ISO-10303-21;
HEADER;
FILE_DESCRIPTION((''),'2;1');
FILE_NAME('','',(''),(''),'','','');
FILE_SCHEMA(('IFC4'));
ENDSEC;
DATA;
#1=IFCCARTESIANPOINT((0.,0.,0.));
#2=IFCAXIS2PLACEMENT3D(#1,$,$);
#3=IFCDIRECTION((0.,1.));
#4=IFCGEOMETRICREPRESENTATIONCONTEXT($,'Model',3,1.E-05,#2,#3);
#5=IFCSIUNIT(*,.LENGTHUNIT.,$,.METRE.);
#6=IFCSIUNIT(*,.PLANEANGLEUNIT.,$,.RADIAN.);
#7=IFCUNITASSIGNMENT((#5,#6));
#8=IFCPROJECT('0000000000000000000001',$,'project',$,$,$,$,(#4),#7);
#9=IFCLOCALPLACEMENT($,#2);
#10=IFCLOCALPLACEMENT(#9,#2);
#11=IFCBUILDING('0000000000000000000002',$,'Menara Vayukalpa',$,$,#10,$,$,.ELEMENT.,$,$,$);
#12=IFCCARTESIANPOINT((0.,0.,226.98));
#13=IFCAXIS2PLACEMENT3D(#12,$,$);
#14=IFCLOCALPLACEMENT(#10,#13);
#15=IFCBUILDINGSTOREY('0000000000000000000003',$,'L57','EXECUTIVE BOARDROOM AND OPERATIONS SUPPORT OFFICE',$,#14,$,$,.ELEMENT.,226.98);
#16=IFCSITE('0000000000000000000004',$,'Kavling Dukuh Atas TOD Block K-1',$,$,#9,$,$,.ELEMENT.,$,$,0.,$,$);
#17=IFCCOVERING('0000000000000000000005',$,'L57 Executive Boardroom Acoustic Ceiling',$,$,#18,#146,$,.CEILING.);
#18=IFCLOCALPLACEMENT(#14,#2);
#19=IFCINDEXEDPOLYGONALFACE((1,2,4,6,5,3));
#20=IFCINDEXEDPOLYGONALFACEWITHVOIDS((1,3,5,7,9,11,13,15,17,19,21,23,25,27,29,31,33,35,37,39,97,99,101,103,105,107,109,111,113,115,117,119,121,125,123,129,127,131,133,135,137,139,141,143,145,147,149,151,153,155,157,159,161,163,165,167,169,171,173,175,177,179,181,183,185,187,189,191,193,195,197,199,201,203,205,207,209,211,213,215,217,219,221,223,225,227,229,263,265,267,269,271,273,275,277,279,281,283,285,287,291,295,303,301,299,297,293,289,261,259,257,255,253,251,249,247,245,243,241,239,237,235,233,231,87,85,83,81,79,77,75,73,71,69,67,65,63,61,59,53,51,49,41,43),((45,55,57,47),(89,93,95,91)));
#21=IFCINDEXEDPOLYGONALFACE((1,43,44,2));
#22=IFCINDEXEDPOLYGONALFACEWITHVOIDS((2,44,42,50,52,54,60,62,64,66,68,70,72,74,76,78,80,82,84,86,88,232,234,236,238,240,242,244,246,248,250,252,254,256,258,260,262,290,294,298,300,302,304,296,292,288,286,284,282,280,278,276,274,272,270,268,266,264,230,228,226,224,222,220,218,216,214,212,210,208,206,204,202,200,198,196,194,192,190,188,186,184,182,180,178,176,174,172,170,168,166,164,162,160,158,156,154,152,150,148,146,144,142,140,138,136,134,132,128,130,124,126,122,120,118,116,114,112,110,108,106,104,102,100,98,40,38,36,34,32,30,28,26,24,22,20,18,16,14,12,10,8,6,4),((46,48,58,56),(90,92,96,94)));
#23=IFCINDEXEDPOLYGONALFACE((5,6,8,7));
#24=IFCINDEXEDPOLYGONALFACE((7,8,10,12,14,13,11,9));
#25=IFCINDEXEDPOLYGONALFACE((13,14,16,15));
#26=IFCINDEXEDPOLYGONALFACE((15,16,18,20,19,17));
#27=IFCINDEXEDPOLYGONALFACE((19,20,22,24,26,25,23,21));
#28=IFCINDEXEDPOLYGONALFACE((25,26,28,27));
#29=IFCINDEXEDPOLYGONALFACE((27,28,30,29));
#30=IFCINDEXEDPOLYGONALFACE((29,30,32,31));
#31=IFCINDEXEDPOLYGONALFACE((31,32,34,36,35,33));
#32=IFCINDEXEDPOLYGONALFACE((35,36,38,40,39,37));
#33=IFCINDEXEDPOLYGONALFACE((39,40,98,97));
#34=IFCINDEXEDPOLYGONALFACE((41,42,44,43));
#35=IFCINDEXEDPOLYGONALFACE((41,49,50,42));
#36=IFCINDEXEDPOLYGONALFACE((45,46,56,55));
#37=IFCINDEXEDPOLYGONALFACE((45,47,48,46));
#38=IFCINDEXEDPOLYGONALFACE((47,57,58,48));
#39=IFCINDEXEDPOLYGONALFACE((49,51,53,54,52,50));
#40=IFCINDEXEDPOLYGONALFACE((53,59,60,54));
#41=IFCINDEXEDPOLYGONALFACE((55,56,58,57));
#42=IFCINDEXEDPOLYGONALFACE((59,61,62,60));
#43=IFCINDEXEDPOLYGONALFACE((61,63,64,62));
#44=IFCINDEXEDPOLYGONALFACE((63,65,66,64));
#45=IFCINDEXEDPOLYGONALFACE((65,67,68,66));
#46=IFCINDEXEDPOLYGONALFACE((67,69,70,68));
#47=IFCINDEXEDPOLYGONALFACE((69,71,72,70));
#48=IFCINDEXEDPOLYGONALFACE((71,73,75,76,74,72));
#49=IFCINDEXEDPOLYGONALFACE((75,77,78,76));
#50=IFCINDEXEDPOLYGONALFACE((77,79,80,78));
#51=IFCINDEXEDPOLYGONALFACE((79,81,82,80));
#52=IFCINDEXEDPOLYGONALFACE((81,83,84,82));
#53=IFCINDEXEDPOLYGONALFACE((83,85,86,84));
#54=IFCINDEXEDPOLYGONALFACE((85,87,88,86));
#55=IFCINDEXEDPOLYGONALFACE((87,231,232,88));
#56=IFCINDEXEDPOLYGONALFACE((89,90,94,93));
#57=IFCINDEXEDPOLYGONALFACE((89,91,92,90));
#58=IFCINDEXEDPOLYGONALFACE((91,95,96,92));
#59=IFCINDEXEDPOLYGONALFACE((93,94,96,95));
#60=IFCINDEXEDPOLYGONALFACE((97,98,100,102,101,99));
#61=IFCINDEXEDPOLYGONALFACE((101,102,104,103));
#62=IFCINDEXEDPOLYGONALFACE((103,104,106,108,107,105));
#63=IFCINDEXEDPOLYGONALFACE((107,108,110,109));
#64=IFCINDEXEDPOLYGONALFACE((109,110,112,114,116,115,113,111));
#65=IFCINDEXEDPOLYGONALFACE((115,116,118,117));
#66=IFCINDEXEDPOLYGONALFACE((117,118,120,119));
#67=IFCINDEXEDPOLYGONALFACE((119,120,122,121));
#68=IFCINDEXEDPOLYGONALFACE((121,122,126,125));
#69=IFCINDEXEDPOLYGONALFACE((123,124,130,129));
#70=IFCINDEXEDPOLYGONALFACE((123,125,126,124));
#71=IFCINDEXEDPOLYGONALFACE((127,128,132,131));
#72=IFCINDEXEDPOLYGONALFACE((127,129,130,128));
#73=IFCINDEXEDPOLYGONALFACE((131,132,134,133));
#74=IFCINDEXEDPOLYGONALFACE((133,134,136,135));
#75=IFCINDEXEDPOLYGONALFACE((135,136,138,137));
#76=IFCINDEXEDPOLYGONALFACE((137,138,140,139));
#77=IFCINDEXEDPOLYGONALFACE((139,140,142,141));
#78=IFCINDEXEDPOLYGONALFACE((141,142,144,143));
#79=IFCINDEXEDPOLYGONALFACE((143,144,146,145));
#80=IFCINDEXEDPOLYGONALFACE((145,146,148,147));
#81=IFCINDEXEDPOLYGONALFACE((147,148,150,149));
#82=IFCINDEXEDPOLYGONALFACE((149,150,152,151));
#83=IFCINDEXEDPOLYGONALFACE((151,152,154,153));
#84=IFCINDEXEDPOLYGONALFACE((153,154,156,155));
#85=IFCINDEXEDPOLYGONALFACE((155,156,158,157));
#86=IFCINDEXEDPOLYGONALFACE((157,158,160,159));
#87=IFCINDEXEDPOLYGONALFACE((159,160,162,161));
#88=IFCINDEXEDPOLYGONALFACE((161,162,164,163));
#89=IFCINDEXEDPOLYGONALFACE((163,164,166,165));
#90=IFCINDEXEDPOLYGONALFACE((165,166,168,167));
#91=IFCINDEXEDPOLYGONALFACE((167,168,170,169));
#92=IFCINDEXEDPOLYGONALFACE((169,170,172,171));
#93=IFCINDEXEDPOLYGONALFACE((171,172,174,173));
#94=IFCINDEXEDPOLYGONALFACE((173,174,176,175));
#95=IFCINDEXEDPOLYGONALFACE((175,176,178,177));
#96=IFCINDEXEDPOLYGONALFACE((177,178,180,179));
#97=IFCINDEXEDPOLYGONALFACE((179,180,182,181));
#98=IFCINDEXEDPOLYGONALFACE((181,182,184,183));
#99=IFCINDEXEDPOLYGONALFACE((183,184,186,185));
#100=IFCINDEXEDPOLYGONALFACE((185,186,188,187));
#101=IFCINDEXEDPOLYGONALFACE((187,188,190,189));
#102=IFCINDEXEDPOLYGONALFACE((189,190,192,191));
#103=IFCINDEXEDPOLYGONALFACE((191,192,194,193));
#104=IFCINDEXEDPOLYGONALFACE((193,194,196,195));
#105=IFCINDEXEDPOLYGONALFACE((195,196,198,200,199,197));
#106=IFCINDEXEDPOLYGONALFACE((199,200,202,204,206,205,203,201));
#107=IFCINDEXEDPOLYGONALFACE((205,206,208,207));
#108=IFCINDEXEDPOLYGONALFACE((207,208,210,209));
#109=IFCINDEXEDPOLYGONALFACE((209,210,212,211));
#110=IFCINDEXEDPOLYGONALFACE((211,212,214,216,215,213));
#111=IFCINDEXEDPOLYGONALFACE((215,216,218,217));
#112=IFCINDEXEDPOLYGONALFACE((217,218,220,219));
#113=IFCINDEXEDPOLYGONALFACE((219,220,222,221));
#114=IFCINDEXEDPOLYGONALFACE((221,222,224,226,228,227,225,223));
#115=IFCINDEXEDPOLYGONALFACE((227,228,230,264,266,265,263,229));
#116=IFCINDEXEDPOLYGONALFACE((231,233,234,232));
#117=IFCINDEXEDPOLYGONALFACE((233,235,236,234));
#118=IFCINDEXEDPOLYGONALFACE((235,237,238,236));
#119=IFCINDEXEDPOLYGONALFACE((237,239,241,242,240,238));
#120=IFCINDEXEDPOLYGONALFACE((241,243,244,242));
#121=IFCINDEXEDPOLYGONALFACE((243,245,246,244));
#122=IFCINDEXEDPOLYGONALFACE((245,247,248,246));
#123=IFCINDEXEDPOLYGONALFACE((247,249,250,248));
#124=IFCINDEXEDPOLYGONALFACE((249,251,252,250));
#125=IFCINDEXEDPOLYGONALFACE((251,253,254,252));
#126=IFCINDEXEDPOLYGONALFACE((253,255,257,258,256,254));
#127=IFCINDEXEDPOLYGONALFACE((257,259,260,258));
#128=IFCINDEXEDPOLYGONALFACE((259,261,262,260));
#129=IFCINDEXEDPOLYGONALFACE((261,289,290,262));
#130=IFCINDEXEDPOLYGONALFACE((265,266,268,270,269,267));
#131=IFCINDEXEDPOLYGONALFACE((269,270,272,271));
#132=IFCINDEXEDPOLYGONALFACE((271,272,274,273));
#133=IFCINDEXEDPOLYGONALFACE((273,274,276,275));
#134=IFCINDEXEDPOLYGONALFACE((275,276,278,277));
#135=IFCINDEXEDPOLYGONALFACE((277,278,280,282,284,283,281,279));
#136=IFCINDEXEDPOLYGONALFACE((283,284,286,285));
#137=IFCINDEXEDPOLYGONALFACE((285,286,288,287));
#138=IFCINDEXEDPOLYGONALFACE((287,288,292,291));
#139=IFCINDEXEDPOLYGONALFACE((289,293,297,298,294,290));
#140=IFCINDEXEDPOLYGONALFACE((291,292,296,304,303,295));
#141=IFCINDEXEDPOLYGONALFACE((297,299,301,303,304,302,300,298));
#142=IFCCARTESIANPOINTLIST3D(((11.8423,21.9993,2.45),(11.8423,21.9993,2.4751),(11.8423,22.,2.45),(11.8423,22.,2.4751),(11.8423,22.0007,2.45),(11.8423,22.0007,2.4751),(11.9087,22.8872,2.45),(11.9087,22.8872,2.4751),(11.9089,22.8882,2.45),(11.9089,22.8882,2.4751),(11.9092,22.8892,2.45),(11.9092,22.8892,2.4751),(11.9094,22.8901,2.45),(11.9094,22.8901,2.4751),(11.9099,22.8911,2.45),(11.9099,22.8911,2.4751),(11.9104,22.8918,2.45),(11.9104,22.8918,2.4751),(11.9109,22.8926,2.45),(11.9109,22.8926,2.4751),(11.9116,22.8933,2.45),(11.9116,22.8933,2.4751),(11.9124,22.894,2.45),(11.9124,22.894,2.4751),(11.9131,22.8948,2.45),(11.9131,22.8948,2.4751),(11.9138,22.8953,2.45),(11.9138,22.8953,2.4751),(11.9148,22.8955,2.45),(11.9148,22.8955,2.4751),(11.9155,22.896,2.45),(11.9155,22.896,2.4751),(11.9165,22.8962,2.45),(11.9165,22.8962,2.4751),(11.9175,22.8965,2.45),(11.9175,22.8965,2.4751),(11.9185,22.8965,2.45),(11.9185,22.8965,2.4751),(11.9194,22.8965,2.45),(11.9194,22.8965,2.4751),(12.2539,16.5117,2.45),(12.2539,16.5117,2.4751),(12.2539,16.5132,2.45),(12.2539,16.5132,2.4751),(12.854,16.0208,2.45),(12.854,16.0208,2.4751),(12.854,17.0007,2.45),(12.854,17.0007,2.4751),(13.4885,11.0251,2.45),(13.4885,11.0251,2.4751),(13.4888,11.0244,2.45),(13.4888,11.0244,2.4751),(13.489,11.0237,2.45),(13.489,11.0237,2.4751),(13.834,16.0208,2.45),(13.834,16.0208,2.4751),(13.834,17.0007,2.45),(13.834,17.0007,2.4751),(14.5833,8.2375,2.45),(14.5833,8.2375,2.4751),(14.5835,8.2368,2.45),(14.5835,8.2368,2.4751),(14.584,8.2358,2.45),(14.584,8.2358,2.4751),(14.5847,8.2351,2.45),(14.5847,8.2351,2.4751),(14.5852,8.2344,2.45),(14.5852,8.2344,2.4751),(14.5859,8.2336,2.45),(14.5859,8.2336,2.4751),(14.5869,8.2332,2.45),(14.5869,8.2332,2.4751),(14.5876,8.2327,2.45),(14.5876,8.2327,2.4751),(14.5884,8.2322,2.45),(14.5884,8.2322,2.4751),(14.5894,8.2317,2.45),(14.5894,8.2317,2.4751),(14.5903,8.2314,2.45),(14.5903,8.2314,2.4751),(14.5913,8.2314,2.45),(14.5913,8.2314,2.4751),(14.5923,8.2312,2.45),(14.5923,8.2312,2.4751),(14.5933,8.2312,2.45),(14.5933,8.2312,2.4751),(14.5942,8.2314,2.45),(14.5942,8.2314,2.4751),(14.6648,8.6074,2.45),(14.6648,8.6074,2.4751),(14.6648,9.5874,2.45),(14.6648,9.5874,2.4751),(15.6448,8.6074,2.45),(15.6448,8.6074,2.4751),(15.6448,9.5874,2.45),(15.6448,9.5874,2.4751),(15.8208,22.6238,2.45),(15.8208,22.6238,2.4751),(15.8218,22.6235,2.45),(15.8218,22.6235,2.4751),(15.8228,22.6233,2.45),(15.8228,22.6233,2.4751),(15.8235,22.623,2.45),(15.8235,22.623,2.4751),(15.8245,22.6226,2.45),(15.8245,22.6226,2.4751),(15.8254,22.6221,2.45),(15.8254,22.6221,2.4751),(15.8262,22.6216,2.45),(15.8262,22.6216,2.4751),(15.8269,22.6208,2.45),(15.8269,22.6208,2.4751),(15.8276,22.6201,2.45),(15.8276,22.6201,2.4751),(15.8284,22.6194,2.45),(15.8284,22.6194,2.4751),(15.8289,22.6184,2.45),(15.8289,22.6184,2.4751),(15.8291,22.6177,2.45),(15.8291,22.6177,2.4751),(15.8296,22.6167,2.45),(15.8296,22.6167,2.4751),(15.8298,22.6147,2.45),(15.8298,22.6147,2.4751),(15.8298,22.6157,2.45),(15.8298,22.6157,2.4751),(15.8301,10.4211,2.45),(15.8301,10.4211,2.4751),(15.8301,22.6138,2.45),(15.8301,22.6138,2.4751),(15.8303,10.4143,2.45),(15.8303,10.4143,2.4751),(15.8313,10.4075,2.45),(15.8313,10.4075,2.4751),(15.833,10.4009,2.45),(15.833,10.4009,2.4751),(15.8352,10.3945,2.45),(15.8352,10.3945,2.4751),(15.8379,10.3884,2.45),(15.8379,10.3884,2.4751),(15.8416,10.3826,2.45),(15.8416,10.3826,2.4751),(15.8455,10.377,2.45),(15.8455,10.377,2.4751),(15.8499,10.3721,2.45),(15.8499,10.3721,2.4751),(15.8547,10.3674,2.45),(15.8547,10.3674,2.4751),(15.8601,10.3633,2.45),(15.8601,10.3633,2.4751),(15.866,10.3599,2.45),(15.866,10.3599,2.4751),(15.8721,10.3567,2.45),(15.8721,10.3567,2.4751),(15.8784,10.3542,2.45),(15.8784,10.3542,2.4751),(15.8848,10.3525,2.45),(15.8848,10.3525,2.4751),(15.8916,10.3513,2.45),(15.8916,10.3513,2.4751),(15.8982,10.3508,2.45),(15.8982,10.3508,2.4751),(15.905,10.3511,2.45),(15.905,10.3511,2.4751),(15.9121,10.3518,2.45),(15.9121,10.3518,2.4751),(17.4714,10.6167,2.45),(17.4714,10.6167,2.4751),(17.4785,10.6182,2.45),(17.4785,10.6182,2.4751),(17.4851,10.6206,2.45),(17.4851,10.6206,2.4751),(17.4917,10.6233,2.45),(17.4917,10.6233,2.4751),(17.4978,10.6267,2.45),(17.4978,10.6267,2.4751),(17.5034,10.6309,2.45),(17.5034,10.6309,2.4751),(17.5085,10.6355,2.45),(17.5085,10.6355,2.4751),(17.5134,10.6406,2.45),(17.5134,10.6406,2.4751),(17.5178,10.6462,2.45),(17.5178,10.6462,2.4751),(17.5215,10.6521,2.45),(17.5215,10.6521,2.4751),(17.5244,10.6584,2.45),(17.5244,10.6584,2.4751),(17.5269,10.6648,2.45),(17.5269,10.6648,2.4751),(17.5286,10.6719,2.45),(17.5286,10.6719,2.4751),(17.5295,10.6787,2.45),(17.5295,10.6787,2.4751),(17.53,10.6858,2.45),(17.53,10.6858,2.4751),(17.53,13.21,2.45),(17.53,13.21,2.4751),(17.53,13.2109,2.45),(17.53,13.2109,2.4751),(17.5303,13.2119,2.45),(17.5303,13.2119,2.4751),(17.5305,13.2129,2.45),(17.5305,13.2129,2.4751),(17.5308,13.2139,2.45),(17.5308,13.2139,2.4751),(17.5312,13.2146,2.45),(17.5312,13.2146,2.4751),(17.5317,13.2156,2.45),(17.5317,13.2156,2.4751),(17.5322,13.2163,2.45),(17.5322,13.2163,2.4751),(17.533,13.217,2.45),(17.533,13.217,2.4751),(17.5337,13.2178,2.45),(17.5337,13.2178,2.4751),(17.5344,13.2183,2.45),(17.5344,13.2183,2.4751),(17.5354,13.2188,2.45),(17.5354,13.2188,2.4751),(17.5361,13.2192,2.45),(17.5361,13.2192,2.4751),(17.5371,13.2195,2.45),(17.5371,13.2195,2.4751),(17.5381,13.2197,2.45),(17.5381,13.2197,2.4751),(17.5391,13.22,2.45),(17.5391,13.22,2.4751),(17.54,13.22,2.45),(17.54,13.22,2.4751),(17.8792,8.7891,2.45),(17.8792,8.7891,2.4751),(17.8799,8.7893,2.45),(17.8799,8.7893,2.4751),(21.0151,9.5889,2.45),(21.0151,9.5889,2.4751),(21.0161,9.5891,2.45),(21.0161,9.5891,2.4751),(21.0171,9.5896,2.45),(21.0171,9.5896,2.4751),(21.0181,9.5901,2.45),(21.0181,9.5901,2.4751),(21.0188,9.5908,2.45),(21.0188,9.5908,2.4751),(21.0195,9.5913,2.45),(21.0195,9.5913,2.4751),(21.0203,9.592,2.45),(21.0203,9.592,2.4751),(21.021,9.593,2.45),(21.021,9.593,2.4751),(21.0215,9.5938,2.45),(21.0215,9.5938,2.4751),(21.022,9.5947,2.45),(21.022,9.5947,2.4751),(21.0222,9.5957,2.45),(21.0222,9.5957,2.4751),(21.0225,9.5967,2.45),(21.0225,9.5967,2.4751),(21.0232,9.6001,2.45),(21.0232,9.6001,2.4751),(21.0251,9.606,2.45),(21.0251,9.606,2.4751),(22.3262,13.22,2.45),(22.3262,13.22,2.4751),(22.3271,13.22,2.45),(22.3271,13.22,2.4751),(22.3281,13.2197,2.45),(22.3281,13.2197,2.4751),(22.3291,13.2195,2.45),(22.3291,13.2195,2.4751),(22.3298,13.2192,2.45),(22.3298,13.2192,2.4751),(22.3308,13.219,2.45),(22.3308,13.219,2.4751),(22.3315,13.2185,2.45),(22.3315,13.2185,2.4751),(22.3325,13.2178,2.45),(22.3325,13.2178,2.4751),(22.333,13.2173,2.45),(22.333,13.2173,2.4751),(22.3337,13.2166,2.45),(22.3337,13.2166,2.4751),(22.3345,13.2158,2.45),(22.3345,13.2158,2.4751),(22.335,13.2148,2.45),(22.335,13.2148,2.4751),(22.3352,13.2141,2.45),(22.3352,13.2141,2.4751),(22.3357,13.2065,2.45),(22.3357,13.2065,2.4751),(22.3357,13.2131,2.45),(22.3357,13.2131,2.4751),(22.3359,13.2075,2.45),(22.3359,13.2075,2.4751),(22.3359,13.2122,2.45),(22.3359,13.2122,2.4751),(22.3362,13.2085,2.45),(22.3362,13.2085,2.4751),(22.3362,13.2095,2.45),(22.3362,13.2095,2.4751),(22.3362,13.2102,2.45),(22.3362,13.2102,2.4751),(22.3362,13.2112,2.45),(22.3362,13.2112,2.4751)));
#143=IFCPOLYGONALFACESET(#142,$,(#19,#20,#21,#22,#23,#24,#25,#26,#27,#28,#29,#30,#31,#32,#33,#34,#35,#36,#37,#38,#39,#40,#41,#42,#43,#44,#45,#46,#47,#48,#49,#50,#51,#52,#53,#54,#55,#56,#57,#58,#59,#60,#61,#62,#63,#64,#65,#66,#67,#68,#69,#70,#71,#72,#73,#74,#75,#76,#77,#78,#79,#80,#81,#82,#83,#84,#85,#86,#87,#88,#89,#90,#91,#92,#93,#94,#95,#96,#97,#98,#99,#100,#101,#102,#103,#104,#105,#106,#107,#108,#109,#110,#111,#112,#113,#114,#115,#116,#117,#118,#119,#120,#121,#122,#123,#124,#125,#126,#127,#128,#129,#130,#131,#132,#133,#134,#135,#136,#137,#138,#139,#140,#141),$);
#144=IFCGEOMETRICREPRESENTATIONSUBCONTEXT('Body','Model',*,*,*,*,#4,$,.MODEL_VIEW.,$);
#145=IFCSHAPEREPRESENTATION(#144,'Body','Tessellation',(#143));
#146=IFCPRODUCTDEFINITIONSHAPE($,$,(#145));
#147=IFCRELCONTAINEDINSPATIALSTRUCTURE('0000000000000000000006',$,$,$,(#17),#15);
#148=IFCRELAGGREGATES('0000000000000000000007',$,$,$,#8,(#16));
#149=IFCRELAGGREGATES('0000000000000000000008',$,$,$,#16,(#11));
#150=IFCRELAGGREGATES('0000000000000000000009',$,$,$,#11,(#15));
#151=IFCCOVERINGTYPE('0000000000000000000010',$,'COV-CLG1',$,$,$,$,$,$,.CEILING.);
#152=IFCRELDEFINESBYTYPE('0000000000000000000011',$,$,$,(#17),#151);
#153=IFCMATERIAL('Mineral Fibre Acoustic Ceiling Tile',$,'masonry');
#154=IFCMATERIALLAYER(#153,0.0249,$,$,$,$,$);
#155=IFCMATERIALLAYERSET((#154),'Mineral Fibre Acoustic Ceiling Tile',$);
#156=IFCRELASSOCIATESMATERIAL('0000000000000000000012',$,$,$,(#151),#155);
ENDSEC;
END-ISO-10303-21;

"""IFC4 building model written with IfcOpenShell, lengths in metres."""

from ifc_helpers import new_model, si_unit, direction, frame, origin, place, context, subcontext, project, spatial, polyline, outline, extrude, material, layer, layer_set, type_object, element, save


model = new_model("IFC4")

# Units and contexts
model_context = context("Model", 3, precision=1e-05, world=origin(), true_north=direction((0.0, 1.0)))
body_context = subcontext(model_context, "Body", "Model", "MODEL_VIEW")
ifc_project = project(units=[si_unit("LENGTHUNIT", "METRE"), si_unit("PLANEANGLEUNIT", "RADIAN")], contexts=[model_context])

# Site, building, storey
site_placement = place(None, origin())
site = spatial("IfcSite", under=ifc_project, at=site_placement, Name="Kavling Dukuh Atas TOD Block K-1", CompositionType="ELEMENT", RefElevation=0.0)
building_placement = place(site_placement, origin())
building = spatial("IfcBuilding", under=site, at=building_placement, Name="Menara Vayukalpa", CompositionType="ELEMENT")
storey_placement = place(building_placement, frame((0.0, 0.0, 226.98)))
storey = spatial("IfcBuildingStorey", under=building, at=storey_placement, Name="L57", Description="EXECUTIVE BOARDROOM AND OPERATIONS SUPPORT OFFICE", CompositionType="ELEMENT", Elevation=226.98)

# Covering
ifc_material_1 = material(Name="Mineral Fibre Acoustic Ceiling Tile", Category="masonry")
ifc_layer_1 = layer(ifc_material_1, 0.0249)
ifc_layer_set_1 = layer_set([ifc_layer_1], Name="Mineral Fibre Acoustic Ceiling Tile")
covering_type_1 = type_object("IfcCoveringType", Name="COV-CLG1", PredefinedType="CEILING", material=ifc_layer_set_1)
covering_1_placement = place(storey_placement, frame((0.0, 0.0, 2.45)))
element("IfcCovering", 1, at=covering_1_placement, inside=storey, type_object=covering_type_1, Name="L57 Executive Boardroom Acoustic Ceiling", PredefinedType="CEILING", context=body_context, shape_type="SweptSolid", body=[
    extrude(outline(polyline([(14.5933, 8.2312), (14.5923, 8.2312), (14.5913, 8.2314), (14.5903, 8.2314), (14.5894, 8.2317), (14.5884, 8.2322), (14.5876, 8.2327), (14.5869, 8.2332), (14.5859, 8.2336), (14.5852, 8.2344), (14.5847, 8.2351), (14.584, 8.2358), (14.5835, 8.2368), (14.5833, 8.2375), (13.489, 11.0237), (13.4888, 11.0244), (13.4885, 11.0251), (12.2539, 16.5117), (12.2539, 16.5132), (11.8423, 21.9993), (11.8423, 22.0), (11.8423, 22.0007), (11.9087, 22.8872), (11.9089, 22.8882), (11.9092, 22.8892), (11.9094, 22.8901), (11.9099, 22.8911), (11.9104, 22.8918), (11.9109, 22.8926), (11.9116, 22.8933), (11.9124, 22.894), (11.9131, 22.8948), (11.9138, 22.8953), (11.9148, 22.8955), (11.9155, 22.896), (11.9165, 22.8962), (11.9175, 22.8965), (11.9185, 22.8965), (11.9194, 22.8965), (15.8208, 22.6238), (15.8218, 22.6235), (15.8228, 22.6233), (15.8235, 22.623), (15.8245, 22.6226), (15.8254, 22.6221), (15.8262, 22.6216), (15.8269, 22.6208), (15.8276, 22.6201), (15.8284, 22.6194), (15.8289, 22.6184), (15.8291, 22.6177), (15.8296, 22.6167), (15.8298, 22.6157), (15.8298, 22.6147), (15.8301, 22.6138), (15.8301, 10.4211), (15.8303, 10.4143), (15.8313, 10.4075), (15.833, 10.4009), (15.8352, 10.3945), (15.8379, 10.3884), (15.8416, 10.3826), (15.8455, 10.377), (15.8499, 10.3721), (15.8547, 10.3674), (15.8601, 10.3633), (15.866, 10.3599), (15.8721, 10.3567), (15.8784, 10.3542), (15.8848, 10.3525), (15.8916, 10.3513), (15.8982, 10.3508), (15.905, 10.3511), (15.9121, 10.3518), (17.4714, 10.6167), (17.4785, 10.6182), (17.4851, 10.6206), (17.4917, 10.6233), (17.4978, 10.6267), (17.5034, 10.6309), (17.5085, 10.6355), (17.5134, 10.6406), (17.5178, 10.6462), (17.5215, 10.6521), (17.5244, 10.6584), (17.5269, 10.6648), (17.5286, 10.6719), (17.5295, 10.6787), (17.53, 10.6858), (17.53, 13.21), (17.53, 13.2109), (17.5303, 13.2119), (17.5305, 13.2129), (17.5308, 13.2139), (17.5312, 13.2146), (17.5317, 13.2156), (17.5322, 13.2163), (17.533, 13.217), (17.5337, 13.2178), (17.5344, 13.2183), (17.5354, 13.2188), (17.5361, 13.2192), (17.5371, 13.2195), (17.5381, 13.2197), (17.5391, 13.22), (17.54, 13.22), (22.3262, 13.22), (22.3271, 13.22), (22.3281, 13.2197), (22.3291, 13.2195), (22.3298, 13.2192), (22.3308, 13.219), (22.3315, 13.2185), (22.3325, 13.2178), (22.333, 13.2173), (22.3337, 13.2166), (22.3345, 13.2158), (22.335, 13.2148), (22.3352, 13.2141), (22.3357, 13.2131), (22.3359, 13.2122), (22.3362, 13.2112), (22.3362, 13.2102), (22.3362, 13.2095), (22.3362, 13.2085), (22.3359, 13.2075), (22.3357, 13.2065), (21.0251, 9.606), (21.0232, 9.6001), (21.0225, 9.5967), (21.0222, 9.5957), (21.022, 9.5947), (21.0215, 9.5938), (21.021, 9.593), (21.0203, 9.592), (21.0195, 9.5913), (21.0188, 9.5908), (21.0181, 9.5901), (21.0171, 9.5896), (21.0161, 9.5891), (21.0151, 9.5889), (17.8799, 8.7893), (17.8792, 8.7891), (14.5942, 8.2314), (14.5933, 8.2312)]), holes=[polyline([(14.6648, 9.5874), (14.6648, 8.6074), (15.6448, 8.6074), (15.6448, 9.5874), (14.6648, 9.5874)]), polyline([(13.834, 17.0007), (12.854, 17.0007), (12.854, 16.0208), (13.834, 16.0208), (13.834, 17.0007)])]), origin(), (0.0, 0.0, 1.0), 0.0251),
])

save(model, "model.ifc")
